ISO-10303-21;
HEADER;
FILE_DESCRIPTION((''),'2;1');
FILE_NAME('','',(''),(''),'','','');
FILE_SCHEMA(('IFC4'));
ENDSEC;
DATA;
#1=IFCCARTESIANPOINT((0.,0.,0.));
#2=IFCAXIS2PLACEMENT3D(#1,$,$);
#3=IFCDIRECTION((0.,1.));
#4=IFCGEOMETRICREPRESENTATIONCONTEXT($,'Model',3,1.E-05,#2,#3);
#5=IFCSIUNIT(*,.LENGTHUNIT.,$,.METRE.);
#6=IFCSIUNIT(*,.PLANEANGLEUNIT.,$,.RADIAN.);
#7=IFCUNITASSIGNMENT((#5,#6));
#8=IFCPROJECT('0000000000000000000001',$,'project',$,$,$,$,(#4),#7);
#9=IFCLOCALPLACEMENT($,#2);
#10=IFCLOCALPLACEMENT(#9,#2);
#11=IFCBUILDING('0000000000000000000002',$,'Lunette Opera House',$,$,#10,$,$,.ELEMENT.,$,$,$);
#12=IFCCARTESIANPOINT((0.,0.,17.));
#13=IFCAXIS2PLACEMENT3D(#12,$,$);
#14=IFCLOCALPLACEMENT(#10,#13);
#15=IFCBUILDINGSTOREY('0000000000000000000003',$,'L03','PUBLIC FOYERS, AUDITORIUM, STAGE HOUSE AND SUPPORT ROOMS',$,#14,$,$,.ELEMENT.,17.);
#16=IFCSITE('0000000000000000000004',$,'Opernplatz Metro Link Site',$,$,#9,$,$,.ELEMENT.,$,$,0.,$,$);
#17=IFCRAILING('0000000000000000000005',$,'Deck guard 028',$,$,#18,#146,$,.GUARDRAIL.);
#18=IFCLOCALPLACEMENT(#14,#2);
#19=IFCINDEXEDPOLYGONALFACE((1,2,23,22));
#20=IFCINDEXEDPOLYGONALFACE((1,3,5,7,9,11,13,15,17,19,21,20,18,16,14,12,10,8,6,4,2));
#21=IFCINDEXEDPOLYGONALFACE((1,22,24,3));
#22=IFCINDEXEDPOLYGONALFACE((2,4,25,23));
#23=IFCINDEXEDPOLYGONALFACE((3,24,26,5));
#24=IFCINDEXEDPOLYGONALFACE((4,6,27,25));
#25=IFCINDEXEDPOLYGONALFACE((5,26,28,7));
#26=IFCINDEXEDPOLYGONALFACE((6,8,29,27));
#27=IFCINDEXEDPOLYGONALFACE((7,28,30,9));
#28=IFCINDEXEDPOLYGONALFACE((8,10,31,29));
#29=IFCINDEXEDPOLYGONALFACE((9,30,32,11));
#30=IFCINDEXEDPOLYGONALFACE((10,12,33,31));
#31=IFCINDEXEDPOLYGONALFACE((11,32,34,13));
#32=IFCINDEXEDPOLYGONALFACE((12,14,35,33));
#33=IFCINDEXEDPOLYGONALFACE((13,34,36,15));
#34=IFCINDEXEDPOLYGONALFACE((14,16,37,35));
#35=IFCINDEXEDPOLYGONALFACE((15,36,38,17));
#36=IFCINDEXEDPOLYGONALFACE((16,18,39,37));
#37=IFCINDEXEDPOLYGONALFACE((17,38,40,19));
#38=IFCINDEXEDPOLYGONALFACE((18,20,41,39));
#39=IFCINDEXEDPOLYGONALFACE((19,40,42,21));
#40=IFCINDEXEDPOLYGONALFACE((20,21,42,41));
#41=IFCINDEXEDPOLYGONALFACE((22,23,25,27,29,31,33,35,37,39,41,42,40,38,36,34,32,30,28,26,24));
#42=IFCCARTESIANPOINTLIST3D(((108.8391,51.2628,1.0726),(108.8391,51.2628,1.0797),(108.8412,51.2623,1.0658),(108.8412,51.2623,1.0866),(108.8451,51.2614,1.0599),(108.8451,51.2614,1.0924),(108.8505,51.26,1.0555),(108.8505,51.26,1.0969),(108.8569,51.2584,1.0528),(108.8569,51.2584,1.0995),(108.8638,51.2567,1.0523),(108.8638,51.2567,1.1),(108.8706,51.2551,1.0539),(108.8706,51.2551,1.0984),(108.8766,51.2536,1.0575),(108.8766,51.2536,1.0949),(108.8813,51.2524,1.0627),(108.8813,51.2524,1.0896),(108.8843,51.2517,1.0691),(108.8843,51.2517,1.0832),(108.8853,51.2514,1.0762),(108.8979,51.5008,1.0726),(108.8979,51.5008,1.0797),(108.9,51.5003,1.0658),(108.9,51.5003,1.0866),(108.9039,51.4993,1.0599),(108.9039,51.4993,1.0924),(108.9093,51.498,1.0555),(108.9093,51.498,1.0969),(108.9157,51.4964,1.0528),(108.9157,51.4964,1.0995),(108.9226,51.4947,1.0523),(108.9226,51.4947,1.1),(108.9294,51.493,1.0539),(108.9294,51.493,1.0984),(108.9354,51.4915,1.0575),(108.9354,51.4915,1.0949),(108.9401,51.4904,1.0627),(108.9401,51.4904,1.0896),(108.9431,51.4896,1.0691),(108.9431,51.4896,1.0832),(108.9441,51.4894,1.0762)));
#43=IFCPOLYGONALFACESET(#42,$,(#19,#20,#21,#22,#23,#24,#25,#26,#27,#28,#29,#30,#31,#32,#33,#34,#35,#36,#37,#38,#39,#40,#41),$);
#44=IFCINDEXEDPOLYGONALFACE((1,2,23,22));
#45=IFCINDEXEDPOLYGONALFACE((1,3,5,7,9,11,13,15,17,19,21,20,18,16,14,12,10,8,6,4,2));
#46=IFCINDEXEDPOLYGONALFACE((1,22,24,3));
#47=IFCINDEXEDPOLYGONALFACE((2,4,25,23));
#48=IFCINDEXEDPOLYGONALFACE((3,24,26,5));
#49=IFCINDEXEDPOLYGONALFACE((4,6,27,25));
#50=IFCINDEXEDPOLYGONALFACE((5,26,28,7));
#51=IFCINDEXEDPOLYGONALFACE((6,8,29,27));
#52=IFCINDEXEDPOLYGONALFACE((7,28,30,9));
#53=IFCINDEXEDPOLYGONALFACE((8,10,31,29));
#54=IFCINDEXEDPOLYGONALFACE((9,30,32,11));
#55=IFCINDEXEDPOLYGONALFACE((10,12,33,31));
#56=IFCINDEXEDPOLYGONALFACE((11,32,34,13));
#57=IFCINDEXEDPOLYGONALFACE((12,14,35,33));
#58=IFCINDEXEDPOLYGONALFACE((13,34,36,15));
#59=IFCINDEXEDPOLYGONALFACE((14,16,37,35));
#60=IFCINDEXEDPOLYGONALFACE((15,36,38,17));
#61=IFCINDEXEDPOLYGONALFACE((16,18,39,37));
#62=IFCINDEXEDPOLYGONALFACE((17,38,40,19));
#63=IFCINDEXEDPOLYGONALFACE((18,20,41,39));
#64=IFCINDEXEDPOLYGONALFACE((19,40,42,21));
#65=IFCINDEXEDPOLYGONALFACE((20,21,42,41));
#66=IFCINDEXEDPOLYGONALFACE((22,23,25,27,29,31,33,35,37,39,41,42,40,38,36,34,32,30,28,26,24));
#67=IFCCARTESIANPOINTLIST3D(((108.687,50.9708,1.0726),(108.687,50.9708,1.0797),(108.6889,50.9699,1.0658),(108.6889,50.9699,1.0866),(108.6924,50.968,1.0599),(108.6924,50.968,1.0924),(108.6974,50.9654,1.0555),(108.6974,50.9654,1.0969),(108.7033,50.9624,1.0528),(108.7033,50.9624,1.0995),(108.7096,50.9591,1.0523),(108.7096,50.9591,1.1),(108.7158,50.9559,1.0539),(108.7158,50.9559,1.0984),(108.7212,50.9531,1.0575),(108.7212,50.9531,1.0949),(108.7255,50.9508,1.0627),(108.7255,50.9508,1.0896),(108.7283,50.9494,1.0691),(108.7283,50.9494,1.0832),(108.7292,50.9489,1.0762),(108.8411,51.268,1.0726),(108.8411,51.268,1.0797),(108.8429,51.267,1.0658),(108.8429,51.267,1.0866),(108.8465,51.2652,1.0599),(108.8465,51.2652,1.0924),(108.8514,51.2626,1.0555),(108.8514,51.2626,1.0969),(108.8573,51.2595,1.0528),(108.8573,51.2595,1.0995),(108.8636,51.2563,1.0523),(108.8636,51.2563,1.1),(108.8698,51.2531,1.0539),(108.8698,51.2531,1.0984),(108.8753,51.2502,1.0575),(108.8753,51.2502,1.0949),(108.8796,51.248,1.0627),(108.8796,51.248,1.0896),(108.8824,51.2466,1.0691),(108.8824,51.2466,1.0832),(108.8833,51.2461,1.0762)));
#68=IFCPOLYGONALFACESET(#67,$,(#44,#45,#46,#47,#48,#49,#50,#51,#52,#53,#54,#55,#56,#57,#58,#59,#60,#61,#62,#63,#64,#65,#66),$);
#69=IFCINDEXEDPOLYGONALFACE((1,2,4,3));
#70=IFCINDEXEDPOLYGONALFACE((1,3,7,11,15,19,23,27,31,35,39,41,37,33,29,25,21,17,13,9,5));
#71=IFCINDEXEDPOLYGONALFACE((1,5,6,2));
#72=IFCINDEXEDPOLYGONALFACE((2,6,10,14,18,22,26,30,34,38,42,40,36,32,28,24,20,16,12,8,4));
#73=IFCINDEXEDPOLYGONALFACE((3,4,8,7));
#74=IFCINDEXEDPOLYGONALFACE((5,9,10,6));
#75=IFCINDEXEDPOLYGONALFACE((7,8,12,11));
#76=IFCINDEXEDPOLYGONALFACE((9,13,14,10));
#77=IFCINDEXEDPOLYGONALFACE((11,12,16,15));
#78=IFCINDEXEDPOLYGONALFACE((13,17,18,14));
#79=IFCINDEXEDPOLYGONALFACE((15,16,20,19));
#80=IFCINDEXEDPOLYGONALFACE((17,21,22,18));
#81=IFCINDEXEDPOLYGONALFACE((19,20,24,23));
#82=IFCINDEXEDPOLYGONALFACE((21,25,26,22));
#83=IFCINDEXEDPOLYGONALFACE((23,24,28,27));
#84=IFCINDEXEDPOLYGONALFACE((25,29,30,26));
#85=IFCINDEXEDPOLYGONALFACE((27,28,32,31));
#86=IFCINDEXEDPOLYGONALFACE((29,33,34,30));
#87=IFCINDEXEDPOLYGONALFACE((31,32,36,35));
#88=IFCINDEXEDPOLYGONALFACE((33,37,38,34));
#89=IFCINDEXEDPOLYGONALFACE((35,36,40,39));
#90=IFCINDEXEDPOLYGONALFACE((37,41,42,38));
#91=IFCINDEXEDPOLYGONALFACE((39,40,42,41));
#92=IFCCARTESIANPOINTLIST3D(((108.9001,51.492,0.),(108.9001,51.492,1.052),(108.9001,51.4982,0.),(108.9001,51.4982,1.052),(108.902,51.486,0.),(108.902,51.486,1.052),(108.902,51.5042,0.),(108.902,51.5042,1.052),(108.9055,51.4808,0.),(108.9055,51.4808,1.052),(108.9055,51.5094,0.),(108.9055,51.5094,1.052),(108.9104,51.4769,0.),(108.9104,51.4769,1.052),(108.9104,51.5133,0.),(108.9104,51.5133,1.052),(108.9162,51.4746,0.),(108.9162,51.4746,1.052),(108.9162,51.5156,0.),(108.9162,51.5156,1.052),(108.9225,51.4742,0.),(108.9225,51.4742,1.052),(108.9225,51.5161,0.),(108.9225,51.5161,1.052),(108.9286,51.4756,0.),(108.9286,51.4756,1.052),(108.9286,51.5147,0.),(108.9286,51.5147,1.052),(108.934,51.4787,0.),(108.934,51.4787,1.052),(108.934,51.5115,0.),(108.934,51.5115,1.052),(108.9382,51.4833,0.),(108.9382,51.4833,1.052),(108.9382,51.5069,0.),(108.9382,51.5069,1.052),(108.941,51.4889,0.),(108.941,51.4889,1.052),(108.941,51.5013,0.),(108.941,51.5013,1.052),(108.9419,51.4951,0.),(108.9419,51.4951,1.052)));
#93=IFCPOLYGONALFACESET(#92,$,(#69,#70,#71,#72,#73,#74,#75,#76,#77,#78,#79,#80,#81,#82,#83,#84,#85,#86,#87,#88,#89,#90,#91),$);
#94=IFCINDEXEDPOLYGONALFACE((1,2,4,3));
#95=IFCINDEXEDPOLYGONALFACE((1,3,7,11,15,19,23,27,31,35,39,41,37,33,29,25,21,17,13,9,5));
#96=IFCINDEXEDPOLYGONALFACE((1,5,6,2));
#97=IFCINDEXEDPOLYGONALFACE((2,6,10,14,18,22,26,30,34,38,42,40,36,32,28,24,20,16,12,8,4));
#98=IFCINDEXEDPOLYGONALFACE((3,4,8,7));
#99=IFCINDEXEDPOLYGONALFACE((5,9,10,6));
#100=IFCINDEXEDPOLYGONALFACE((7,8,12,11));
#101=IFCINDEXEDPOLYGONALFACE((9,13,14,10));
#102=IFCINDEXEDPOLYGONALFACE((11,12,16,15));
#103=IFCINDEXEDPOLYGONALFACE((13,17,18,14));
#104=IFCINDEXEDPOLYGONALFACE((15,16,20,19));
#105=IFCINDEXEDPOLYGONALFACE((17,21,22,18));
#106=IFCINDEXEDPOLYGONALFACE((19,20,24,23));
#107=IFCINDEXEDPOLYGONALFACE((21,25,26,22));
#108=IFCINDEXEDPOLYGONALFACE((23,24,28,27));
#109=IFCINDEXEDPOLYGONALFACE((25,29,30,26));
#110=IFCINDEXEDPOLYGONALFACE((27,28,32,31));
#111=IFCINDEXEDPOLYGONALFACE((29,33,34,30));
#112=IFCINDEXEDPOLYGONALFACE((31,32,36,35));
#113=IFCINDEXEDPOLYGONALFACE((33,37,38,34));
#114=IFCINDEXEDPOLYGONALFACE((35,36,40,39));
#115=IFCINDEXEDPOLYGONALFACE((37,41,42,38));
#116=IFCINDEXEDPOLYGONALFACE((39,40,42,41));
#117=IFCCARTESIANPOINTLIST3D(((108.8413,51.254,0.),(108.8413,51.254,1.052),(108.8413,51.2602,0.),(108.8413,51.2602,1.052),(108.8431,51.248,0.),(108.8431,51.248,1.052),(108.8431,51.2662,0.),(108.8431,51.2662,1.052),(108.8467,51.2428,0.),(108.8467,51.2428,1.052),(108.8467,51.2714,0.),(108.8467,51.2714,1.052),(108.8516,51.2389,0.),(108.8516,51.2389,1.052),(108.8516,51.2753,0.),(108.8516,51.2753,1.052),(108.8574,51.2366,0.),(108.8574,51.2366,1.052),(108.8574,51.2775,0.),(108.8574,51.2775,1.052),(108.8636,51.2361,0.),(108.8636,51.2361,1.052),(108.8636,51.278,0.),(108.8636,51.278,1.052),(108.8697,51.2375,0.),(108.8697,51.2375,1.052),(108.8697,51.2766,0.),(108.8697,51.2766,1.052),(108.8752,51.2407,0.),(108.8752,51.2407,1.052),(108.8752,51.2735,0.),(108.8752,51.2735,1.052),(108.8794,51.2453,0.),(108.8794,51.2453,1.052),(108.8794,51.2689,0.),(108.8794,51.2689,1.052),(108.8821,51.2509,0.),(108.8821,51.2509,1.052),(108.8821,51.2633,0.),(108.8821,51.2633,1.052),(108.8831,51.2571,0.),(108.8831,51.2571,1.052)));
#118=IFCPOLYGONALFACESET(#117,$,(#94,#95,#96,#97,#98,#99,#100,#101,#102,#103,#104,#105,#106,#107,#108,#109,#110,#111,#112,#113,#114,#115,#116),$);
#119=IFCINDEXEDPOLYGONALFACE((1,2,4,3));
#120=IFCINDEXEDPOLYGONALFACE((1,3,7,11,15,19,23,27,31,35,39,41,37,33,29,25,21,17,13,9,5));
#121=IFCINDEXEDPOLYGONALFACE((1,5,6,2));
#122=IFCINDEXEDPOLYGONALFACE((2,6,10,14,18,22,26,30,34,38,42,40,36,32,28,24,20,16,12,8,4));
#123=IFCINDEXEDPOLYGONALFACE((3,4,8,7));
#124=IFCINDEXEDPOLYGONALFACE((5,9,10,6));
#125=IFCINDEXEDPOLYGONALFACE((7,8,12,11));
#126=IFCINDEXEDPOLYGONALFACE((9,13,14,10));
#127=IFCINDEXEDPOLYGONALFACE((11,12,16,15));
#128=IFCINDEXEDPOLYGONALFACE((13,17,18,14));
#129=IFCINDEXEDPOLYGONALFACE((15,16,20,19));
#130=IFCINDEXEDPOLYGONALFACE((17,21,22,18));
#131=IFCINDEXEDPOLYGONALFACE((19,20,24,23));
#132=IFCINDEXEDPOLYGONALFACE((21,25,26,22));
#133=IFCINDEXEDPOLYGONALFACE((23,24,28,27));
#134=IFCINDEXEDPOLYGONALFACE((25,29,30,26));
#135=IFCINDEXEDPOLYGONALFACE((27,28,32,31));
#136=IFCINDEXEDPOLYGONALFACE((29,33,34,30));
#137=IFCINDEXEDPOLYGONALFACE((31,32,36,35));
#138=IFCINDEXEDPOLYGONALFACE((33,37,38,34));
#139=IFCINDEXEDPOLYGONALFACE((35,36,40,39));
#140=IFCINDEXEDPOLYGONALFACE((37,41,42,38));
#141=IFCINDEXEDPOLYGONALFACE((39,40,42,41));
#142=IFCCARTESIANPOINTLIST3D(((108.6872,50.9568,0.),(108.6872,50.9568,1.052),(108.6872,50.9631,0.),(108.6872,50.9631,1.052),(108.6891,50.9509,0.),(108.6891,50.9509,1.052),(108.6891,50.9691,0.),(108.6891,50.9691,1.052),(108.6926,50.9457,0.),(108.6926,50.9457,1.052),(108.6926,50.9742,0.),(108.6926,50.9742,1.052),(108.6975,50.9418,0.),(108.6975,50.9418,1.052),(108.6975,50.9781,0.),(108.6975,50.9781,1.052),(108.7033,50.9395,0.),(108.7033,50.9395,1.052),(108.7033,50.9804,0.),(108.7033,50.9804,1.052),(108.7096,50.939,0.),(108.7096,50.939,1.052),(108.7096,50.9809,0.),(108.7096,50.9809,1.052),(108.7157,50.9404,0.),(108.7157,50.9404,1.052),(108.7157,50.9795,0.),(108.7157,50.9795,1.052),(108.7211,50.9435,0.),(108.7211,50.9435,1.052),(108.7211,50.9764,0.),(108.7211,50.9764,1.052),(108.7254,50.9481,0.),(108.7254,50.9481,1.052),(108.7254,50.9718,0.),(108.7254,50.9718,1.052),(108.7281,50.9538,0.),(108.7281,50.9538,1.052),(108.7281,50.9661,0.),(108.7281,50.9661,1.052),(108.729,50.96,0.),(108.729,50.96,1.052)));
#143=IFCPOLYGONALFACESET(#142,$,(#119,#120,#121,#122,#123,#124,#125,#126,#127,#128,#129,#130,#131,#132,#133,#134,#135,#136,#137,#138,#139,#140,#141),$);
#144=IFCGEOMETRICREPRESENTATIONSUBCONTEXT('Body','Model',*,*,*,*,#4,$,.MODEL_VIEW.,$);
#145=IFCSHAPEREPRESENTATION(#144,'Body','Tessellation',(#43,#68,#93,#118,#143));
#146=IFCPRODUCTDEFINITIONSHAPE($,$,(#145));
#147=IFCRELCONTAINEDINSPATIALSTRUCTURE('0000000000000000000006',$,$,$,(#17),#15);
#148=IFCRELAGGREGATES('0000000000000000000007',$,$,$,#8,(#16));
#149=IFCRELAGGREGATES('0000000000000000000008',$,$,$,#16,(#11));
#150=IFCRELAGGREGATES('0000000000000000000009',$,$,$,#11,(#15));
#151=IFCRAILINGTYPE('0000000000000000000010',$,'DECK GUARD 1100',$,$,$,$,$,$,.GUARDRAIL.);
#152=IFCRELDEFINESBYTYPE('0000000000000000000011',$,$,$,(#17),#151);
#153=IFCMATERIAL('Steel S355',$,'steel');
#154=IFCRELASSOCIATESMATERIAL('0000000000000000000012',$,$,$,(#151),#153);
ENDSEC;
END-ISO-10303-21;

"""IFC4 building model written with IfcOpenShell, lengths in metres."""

from ifc_helpers import new_model, si_unit, direction, frame, origin, origin_2d, place, context, subcontext, project, spatial, circle, extrude, material, type_object, element, save


model = new_model("IFC4")

# Units and contexts
model_context = context("Model", 3, precision=1e-05, world=origin(), true_north=direction((0.0, 1.0)))
body_context = subcontext(model_context, "Body", "Model", "MODEL_VIEW")
ifc_project = project(units=[si_unit("LENGTHUNIT", "METRE"), si_unit("PLANEANGLEUNIT", "RADIAN")], contexts=[model_context])

# Site, building, storey
site_placement = place(None, origin())
site = spatial("IfcSite", under=ifc_project, at=site_placement, Name="Opernplatz Metro Link Site", CompositionType="ELEMENT", RefElevation=0.0)
building_placement = place(site_placement, origin())
building = spatial("IfcBuilding", under=site, at=building_placement, Name="Lunette Opera House", CompositionType="ELEMENT")
storey_placement = place(building_placement, frame((0.0, 0.0, 17.0)))
storey = spatial("IfcBuildingStorey", under=building, at=storey_placement, Name="L03", Description="PUBLIC FOYERS, AUDITORIUM, STAGE HOUSE AND SUPPORT ROOMS", CompositionType="ELEMENT", Elevation=17.0)

# Railing
ifc_material_1 = material(Name="Steel S355", Category="steel")
railing_type = type_object("IfcRailingType", Name="DECK GUARD 1100", PredefinedType="GUARDRAIL", material=ifc_material_1)
railing_1_placement = place(storey_placement, frame((108.9209, 51.4951, 0.0)))
element("IfcRailing", 1, at=railing_1_placement, inside=storey, type_object=railing_type, Name="Deck guard 028", PredefinedType="GUARDRAIL", context=body_context, shape_type="SweptSolid", body=[
    extrude(circle(Radius=0.0239, at=origin_2d()), frame((0.0, 0.0, 1.0762), z_axis=(-0.239958, -0.970783, 0.0), x_axis=(0.970783, -0.239958, 0.0)), (0.0, 0.0, 1.0), 0.2451),
    extrude(circle(Radius=0.0239, at=origin_2d()), frame((-0.0588, -0.238, 1.0762), z_axis=(-0.460296, -0.887766, 0.0), x_axis=(0.887766, -0.460296, 0.0)), (0.0, 0.0, 1.0), 0.3347),
    extrude(circle(Radius=0.021, at=origin_2d()), origin(), (0.0, 0.0, 1.0), 1.052),
    extrude(circle(Radius=0.021, at=origin_2d()), frame((-0.0588, -0.238, 0.0)), (0.0, 0.0, 1.0), 1.052),
    extrude(circle(Radius=0.021, at=origin_2d()), frame((-0.2129, -0.5352, 0.0)), (0.0, 0.0, 1.0), 1.052),
])

save(model, "model.ifc")
